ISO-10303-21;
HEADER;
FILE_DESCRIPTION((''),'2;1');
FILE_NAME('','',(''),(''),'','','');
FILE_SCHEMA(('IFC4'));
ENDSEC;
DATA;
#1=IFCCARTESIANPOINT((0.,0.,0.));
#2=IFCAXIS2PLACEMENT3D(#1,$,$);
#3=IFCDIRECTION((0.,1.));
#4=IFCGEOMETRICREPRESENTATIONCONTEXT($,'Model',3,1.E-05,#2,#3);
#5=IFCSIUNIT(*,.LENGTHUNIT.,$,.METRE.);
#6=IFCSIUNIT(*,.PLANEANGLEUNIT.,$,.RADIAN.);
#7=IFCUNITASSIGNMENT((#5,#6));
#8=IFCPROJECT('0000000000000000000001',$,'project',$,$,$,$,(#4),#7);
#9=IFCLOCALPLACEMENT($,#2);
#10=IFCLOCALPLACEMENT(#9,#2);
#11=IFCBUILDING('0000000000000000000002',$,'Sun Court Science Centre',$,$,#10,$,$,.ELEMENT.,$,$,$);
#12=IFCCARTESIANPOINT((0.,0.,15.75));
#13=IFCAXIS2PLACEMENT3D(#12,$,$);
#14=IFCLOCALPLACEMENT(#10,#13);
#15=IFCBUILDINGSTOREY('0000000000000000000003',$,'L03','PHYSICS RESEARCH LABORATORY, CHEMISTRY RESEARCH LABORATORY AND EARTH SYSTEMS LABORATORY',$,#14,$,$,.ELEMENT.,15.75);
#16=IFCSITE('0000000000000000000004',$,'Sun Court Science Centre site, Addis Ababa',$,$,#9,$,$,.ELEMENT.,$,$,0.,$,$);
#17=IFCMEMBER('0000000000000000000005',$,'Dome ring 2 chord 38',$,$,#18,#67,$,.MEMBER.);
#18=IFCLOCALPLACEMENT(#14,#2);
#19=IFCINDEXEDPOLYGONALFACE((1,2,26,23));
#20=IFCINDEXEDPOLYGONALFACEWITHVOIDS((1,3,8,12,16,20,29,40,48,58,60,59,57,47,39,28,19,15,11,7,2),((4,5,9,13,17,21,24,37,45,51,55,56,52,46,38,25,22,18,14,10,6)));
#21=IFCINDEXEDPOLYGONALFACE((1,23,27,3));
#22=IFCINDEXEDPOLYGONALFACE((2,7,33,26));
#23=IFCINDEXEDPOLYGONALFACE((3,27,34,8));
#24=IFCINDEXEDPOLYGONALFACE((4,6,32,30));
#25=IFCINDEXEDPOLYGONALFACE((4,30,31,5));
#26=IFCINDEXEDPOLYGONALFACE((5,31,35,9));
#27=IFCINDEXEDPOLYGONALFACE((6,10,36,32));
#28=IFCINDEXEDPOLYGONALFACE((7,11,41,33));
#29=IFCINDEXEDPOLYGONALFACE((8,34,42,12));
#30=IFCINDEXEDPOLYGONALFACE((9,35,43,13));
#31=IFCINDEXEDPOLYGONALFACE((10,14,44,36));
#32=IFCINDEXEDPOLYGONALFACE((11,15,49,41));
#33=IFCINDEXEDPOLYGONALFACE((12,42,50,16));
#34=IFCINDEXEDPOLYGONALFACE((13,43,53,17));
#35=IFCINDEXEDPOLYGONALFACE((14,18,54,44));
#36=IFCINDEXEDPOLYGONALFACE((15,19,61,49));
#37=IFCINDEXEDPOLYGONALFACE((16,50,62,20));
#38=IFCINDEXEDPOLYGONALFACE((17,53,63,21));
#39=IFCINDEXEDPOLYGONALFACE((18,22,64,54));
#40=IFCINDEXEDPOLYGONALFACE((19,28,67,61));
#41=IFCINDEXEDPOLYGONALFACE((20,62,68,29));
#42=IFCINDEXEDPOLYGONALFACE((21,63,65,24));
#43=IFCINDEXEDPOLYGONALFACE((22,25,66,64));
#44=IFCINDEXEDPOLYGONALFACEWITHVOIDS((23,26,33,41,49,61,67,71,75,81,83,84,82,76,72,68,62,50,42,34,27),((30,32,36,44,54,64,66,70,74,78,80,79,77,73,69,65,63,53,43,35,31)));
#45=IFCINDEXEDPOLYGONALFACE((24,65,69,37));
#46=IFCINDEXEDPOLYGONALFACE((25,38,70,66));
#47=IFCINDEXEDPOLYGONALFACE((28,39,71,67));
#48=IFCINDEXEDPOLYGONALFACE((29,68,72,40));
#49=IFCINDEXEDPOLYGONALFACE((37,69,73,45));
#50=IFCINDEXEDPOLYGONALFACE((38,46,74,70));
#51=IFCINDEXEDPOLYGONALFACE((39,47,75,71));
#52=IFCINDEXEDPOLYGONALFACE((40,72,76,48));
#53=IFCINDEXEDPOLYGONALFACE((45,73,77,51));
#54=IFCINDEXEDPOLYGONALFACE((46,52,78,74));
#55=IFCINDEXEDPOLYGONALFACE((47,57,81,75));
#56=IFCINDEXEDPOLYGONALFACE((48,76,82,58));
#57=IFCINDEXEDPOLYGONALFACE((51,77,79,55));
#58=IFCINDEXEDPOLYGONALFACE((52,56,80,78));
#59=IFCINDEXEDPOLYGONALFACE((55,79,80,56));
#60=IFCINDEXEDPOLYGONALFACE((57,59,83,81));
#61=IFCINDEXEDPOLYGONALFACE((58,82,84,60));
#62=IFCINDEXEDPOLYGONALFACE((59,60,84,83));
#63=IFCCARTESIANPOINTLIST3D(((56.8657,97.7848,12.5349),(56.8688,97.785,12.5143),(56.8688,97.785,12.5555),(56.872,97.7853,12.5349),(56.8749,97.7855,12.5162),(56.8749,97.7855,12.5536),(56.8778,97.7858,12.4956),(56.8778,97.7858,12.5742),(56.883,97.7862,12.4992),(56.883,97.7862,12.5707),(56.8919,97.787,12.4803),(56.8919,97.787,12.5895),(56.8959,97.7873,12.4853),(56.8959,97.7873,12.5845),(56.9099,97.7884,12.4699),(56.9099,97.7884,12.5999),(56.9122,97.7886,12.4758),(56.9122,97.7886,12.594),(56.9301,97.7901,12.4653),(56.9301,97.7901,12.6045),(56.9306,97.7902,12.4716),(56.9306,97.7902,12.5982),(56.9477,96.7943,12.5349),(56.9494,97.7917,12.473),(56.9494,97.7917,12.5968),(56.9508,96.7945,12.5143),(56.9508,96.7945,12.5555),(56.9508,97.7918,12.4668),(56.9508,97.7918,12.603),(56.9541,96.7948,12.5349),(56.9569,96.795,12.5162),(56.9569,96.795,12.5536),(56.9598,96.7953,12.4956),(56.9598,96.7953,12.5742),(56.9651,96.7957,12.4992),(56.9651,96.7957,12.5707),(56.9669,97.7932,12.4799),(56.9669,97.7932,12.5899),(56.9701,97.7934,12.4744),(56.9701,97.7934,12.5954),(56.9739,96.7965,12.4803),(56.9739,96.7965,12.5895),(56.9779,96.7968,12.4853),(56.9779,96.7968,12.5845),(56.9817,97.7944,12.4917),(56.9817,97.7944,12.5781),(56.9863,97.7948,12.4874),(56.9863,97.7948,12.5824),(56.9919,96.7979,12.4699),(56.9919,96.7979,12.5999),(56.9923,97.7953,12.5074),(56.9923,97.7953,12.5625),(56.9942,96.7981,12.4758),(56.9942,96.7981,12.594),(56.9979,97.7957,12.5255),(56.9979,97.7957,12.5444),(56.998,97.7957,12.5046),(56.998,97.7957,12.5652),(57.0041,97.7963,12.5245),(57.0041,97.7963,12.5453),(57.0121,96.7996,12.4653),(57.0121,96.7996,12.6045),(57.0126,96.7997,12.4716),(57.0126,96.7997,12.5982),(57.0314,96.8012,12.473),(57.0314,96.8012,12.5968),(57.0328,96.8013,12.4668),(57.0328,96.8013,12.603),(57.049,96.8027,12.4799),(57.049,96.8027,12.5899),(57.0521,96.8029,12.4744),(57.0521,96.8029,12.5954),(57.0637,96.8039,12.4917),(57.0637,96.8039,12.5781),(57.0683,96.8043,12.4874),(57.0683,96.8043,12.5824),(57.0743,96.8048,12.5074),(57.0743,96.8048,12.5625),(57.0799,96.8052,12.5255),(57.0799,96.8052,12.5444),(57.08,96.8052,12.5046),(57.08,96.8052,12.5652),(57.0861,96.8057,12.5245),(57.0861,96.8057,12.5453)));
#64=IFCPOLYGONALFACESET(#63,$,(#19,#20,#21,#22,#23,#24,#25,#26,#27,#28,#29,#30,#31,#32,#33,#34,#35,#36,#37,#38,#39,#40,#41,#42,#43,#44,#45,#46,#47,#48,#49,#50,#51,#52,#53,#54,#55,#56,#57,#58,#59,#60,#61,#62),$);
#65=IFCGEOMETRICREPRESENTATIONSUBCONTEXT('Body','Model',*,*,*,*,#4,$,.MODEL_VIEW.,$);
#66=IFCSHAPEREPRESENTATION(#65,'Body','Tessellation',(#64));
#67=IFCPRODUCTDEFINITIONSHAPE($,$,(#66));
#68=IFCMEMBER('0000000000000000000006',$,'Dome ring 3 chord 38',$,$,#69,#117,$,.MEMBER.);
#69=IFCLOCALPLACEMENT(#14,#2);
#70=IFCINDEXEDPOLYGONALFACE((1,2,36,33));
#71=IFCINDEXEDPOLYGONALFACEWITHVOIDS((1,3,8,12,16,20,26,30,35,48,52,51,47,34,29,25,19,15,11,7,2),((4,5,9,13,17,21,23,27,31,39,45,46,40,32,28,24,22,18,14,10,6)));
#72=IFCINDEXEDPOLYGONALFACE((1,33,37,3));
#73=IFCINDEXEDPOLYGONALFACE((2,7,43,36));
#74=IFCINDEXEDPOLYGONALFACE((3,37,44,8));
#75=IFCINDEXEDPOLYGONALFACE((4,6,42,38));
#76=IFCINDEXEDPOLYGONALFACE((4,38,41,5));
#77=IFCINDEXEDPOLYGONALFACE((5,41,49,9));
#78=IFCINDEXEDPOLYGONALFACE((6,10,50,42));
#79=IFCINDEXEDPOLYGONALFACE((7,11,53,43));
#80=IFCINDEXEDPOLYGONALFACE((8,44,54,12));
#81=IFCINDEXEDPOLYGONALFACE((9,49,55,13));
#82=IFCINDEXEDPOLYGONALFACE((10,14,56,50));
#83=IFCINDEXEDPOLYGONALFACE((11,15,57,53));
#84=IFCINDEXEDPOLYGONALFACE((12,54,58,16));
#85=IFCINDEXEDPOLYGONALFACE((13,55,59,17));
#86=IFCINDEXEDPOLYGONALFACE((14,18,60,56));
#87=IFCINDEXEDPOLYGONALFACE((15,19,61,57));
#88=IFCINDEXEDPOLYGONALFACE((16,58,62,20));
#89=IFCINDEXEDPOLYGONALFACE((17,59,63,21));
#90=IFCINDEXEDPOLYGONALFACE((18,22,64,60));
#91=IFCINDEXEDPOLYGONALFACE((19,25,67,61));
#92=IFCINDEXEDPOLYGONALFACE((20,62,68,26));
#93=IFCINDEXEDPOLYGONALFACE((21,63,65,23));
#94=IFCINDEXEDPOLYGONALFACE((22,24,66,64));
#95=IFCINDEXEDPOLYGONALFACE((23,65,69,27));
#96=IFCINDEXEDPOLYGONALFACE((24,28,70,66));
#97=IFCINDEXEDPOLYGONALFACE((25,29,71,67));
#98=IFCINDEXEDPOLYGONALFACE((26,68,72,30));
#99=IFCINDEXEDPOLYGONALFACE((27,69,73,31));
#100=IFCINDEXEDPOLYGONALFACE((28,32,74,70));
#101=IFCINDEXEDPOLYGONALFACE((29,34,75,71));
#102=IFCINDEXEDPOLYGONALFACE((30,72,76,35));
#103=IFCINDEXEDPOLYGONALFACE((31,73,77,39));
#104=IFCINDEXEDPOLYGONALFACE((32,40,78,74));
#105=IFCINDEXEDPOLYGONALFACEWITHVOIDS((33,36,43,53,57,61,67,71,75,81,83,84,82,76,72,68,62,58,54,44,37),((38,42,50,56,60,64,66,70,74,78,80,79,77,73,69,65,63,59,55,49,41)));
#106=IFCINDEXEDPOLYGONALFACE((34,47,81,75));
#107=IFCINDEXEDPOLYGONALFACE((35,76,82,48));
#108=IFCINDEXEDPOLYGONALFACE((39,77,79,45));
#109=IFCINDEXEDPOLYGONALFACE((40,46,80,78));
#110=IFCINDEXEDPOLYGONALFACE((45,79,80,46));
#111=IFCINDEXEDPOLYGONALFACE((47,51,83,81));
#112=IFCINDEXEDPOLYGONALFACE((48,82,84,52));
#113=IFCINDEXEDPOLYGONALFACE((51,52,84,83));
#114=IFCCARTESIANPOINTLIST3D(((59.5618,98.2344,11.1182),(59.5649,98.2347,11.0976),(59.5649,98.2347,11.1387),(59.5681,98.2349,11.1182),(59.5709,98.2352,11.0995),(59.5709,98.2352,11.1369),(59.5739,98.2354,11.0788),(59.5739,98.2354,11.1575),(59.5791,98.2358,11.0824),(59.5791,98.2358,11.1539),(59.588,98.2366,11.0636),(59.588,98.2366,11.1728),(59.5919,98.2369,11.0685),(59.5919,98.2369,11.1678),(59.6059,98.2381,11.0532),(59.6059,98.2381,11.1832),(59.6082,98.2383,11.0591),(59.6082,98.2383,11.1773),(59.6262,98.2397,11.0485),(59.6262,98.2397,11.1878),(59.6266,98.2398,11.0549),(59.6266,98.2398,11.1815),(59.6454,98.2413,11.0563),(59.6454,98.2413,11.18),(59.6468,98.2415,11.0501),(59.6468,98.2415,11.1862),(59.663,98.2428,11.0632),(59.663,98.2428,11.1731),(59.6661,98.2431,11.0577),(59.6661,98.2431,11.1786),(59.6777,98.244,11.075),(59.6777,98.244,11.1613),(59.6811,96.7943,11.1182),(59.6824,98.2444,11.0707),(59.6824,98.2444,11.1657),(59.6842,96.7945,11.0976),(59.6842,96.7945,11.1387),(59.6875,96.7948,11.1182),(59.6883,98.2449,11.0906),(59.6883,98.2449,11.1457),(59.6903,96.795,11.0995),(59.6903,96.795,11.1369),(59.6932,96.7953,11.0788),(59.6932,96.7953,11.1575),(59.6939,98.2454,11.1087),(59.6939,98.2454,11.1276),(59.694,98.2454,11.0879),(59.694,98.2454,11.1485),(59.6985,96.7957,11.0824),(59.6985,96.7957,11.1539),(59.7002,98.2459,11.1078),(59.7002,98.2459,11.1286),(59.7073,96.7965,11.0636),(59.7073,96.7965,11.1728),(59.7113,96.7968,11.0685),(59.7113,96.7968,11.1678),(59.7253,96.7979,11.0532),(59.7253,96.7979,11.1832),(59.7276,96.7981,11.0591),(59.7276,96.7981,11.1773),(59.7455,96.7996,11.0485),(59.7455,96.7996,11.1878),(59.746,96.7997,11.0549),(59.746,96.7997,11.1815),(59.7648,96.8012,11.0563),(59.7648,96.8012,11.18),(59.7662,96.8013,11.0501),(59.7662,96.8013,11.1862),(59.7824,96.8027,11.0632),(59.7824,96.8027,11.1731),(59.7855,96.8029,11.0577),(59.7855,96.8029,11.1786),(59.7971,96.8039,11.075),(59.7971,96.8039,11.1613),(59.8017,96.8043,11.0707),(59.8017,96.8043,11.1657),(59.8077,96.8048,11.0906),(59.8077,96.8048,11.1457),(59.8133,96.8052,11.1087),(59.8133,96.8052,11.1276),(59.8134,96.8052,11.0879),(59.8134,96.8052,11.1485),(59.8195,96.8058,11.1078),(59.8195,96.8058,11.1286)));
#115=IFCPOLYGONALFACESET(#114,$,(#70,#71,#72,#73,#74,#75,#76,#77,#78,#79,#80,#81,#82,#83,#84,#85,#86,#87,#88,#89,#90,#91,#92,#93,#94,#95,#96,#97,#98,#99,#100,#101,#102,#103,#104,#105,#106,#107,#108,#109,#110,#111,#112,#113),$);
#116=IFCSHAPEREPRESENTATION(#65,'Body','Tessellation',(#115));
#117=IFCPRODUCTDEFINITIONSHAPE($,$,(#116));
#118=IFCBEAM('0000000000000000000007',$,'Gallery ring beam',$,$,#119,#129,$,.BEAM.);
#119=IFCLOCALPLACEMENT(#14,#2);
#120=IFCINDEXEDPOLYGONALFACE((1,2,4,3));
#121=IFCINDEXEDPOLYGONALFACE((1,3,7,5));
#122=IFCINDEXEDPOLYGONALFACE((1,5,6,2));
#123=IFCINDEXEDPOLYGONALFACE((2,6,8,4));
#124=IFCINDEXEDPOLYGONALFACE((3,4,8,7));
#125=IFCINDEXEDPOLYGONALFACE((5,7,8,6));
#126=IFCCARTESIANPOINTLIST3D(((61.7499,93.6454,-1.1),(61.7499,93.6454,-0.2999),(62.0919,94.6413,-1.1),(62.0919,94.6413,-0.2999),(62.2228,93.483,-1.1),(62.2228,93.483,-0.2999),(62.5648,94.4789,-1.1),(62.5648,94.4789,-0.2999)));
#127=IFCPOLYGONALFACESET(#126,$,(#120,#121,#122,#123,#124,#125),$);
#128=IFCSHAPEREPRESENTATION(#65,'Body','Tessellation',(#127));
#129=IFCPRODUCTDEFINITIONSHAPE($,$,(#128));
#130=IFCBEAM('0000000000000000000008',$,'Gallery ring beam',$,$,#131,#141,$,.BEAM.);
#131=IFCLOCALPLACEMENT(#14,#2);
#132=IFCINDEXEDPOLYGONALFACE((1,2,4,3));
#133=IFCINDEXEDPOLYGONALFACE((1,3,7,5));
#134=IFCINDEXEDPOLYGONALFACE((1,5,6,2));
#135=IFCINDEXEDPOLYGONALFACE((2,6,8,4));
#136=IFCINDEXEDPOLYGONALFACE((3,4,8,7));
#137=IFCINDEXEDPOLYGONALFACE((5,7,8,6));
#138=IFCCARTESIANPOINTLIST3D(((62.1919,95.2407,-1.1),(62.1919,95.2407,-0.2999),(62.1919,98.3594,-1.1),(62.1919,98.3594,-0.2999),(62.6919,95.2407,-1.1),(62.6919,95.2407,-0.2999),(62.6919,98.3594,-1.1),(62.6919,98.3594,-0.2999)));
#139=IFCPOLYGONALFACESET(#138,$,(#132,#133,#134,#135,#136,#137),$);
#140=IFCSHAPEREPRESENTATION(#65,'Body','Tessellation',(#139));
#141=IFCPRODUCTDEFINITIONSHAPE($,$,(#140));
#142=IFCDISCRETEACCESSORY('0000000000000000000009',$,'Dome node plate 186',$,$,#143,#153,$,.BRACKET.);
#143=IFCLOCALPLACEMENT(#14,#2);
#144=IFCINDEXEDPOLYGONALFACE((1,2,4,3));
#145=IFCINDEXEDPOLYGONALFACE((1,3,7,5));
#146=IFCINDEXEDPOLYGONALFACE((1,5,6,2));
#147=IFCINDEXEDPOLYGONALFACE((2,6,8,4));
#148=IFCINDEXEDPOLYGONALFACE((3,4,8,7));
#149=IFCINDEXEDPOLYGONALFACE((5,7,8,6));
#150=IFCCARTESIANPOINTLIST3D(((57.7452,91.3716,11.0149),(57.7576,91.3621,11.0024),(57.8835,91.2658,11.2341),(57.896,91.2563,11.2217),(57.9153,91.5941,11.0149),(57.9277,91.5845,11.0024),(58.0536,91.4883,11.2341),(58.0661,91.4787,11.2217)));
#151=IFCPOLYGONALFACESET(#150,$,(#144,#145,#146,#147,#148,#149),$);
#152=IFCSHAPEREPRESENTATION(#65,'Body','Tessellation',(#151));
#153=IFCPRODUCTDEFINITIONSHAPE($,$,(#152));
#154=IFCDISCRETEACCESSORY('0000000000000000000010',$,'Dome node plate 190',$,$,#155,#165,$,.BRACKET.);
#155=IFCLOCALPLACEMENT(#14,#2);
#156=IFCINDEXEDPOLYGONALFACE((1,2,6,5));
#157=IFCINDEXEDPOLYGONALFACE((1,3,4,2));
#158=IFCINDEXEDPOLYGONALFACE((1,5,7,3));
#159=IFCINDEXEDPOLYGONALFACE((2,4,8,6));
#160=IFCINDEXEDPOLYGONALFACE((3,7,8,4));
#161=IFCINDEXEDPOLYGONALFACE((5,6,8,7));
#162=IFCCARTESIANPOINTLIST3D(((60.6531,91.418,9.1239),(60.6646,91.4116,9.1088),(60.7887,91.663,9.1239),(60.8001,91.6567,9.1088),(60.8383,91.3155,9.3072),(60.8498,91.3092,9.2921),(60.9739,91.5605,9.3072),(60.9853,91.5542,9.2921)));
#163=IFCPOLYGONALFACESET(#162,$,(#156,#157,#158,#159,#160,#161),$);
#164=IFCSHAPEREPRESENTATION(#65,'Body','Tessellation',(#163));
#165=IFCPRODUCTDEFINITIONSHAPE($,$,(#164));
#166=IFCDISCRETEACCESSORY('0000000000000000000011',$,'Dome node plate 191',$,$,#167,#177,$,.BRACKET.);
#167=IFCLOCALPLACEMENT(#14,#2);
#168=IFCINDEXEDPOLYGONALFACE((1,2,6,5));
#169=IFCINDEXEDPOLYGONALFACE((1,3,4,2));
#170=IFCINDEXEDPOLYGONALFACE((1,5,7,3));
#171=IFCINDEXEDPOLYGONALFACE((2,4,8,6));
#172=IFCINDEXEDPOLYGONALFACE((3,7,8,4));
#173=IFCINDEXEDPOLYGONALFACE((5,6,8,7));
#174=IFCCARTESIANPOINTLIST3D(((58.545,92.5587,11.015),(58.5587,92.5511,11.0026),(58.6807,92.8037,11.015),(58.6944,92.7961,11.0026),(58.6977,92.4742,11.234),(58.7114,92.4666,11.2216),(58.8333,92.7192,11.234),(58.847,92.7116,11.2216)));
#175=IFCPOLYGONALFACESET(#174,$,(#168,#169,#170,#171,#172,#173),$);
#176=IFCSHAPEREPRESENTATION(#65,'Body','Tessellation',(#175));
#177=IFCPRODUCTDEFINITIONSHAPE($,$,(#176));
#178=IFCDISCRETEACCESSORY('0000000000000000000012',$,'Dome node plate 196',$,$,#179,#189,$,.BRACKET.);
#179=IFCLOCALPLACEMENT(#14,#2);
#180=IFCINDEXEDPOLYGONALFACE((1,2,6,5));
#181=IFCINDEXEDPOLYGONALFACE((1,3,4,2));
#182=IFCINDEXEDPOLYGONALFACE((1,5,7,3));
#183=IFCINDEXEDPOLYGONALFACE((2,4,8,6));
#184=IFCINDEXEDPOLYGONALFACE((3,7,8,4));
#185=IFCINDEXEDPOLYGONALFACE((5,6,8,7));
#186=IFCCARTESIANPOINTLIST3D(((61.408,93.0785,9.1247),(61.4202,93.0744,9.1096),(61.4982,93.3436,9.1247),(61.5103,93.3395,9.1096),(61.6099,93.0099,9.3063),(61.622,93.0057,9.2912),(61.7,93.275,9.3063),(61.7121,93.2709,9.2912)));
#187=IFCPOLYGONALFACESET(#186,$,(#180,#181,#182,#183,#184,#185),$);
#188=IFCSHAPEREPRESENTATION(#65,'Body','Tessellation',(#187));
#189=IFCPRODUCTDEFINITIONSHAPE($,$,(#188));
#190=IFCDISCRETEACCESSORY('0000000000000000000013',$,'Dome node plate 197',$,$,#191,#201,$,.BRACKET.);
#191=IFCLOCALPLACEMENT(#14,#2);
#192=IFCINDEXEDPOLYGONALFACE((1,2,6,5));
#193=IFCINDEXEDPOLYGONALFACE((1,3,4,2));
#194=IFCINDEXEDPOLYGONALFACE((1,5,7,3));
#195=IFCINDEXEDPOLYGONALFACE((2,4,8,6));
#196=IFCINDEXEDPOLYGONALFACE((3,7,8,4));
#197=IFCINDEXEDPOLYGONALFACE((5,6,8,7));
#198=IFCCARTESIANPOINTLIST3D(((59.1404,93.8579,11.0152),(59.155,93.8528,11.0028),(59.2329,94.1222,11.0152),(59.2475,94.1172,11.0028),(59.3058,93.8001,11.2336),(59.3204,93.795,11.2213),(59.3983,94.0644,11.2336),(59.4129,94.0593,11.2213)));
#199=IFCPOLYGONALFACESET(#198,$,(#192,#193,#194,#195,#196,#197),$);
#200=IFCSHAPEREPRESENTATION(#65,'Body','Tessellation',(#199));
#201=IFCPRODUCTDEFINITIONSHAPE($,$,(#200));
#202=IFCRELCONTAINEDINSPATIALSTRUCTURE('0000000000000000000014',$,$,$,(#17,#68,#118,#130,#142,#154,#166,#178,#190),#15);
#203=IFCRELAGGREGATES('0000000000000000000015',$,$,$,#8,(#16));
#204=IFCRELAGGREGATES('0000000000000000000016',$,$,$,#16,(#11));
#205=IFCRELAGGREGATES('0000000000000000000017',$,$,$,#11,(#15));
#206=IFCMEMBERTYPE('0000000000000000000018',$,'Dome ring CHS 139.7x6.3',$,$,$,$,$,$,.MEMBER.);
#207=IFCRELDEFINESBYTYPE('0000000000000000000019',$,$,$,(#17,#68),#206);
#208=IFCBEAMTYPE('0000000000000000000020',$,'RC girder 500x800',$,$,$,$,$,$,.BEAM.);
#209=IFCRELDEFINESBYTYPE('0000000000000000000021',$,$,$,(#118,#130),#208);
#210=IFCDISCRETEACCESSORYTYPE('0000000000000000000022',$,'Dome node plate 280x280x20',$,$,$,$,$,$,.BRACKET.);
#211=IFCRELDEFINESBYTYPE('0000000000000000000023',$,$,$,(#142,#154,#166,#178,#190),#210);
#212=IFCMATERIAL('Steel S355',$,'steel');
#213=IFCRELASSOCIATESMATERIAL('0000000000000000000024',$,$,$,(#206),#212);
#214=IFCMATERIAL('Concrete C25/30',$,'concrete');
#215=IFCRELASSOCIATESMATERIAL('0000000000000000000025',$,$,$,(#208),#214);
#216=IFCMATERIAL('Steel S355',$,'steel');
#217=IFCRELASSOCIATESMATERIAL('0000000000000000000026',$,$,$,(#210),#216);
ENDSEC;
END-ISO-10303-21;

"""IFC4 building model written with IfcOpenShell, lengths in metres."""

from ifc_helpers import new_model, si_unit, direction, frame, origin, origin_2d, place, context, subcontext, project, spatial, rectangle, hollow_circle, extrude, material, material_profile, profile_set, type_object, element, save


model = new_model("IFC4")

# Units and contexts
model_context = context("Model", 3, precision=1e-05, world=origin(), true_north=direction((0.0, 1.0)))
body_context = subcontext(model_context, "Body", "Model", "MODEL_VIEW")
ifc_project = project(units=[si_unit("LENGTHUNIT", "METRE"), si_unit("PLANEANGLEUNIT", "RADIAN")], contexts=[model_context])

# Site, building, storey
site_placement = place(None, origin())
site = spatial("IfcSite", under=ifc_project, at=site_placement, Name="Sun Court Science Centre site, Addis Ababa", CompositionType="ELEMENT", RefElevation=0.0)
building_placement = place(site_placement, origin())
building = spatial("IfcBuilding", under=site, at=building_placement, Name="Sun Court Science Centre", CompositionType="ELEMENT")
storey_placement = place(building_placement, frame((0.0, 0.0, 15.75)))
storey = spatial("IfcBuildingStorey", under=building, at=storey_placement, Name="L03", Description="PHYSICS RESEARCH LABORATORY, CHEMISTRY RESEARCH LABORATORY AND EARTH SYSTEMS LABORATORY", CompositionType="ELEMENT", Elevation=15.75)

# Members
ifc_material_1 = material(Name="Steel S355", Category="steel")
ifc_material_profile_1 = material_profile(ifc_material_1, hollow_circle(Radius=0.0698, WallThickness=0.0063, at=origin_2d()), Name="CHS 139.7x6.3")
ifc_profile_set_1 = profile_set([ifc_material_profile_1], Name="Steel S355")
member_type_1 = type_object("IfcMemberType", Name="Dome ring CHS 139.7x6.3", PredefinedType="MEMBER", material=ifc_profile_set_1)
member_1_placement = place(storey_placement, frame((57.0173, 96.8, 12.5349), z_axis=(-0.082537, 0.996588, 0.0), x_axis=(-0.996588, -0.082537, 0.0)))
element("IfcMember", 1, at=member_1_placement, inside=storey, type_object=member_type_1, Name="Dome ring 2 chord 38", PredefinedType="MEMBER", context=body_context, shape_type="SweptSolid", body=[
    extrude(hollow_circle(Radius=0.0698, WallThickness=0.0063, at=origin_2d()), origin(), (0.0, 0.0, 1.0), 0.9939),
])
member_2_placement = place(storey_placement, frame((59.7507, 96.8, 11.1182), z_axis=(-0.082612, 0.996582, 0.0), x_axis=(-0.996582, -0.082612, 0.0)))
element("IfcMember", 2, at=member_2_placement, inside=storey, type_object=member_type_1, Name="Dome ring 3 chord 38", PredefinedType="MEMBER", context=body_context, shape_type="SweptSolid", body=[
    extrude(hollow_circle(Radius=0.0698, WallThickness=0.0063, at=origin_2d()), origin(), (0.0, 0.0, 1.0), 1.4451),
])

# Beams
ifc_material_2 = material(Name="Concrete C25/30", Category="concrete")
ifc_material_profile_2 = material_profile(ifc_material_2, rectangle(XDim=0.5, YDim=0.8, at=origin_2d()), Name="RC 500x800")
ifc_profile_set_2 = profile_set([ifc_material_profile_2], Name="Concrete C25/30")
beam_type = type_object("IfcBeamType", Name="RC girder 500x800", PredefinedType="BEAM", material=ifc_profile_set_2)
beam_1_placement = place(storey_placement, frame((61.9863, 93.5642, -0.7), z_axis=(0.32484, 0.945769, 0.0), x_axis=(-0.945769, 0.32484, 0.0)))
element("IfcBeam", 3, at=beam_1_placement, inside=storey, type_object=beam_type, Name="Gallery ring beam", PredefinedType="BEAM", context=body_context, shape_type="SweptSolid", body=[
    extrude(rectangle(XDim=0.5, YDim=0.8, at=origin_2d()), origin(), (0.0, 0.0, 1.0), 1.053),
])
beam_2_placement = place(storey_placement, frame((62.4419, 95.2407, -0.7), z_axis=(0.0, 1.0, 0.0), x_axis=(-1.0, 0.0, 0.0)))
element("IfcBeam", 4, at=beam_2_placement, inside=storey, type_object=beam_type, Name="Gallery ring beam", PredefinedType="BEAM", context=body_context, shape_type="SweptSolid", body=[
    extrude(rectangle(XDim=0.5, YDim=0.8, at=origin_2d()), origin(), (0.0, 0.0, 1.0), 3.1187),
])

# Discrete accessories
ifc_material_3 = material(Name="Steel S355", Category="steel")
ifc_material_profile_3 = material_profile(ifc_material_3, rectangle(XDim=0.28, YDim=0.28, at=origin_2d()), Name="PL 280x280")
ifc_profile_set_3 = profile_set([ifc_material_profile_3], Name="Steel S355")
discrete_accessory_type = type_object("IfcDiscreteAccessoryType", Name="Dome node plate 280x280x20", PredefinedType="BRACKET", material=ifc_profile_set_3)
for number, where, z_axis, x_axis, name in (
    (5, (57.9119, 91.4204, 11.1121), (-0.621997, 0.475645, 0.621997), (-0.60745, -0.794358, 0.0), "Dome node plate 186"),
    (6, (60.825, 91.4829, 9.2004), (-0.572958, 0.316955, 0.755817), (-0.484061, -0.875034, 0.0), "Dome node plate 190"),
    (7, (58.7029, 92.6313, 11.1121), (-0.684251, 0.378782, 0.623157), (-0.484316, -0.874893, 0.0), "Dome node plate 191"),
):
    element("IfcDiscreteAccessory", number, at=place(storey_placement, frame(where, z_axis=z_axis, x_axis=x_axis)), inside=storey, type_object=discrete_accessory_type, Name=name, PredefinedType="BRACKET", context=body_context, shape_type="SweptSolid", body=[
        extrude(rectangle(XDim=0.28, YDim=0.28, at=origin_2d()), origin(), (0.0, 0.0, 1.0), 0.02),
    ])
for number, where, z_axis, x_axis, name in (
    (8, (61.5662, 93.1726, 9.2004), (-0.613925, 0.208734, 0.761266), (-0.321903, -0.946773, 0.0), "Dome node plate 196"),
    (9, (59.2839, 93.9561, 11.1121), (-0.73621, 0.257674, 0.625779), (-0.33035, -0.943858, 0.0), "Dome node plate 197"),
):
    element("IfcDiscreteAccessory", number, at=place(storey_placement, frame(where, z_axis=z_axis, x_axis=x_axis)), inside=storey, type_object=discrete_accessory_type, Name=name, PredefinedType="BRACKET", context=body_context, shape_type="SweptSolid", body=[
        extrude(rectangle(XDim=0.28, YDim=0.28, at=origin_2d()), origin(), (0.0, 0.0, 1.0), 0.0198),
    ])

save(model, "model.ifc")
